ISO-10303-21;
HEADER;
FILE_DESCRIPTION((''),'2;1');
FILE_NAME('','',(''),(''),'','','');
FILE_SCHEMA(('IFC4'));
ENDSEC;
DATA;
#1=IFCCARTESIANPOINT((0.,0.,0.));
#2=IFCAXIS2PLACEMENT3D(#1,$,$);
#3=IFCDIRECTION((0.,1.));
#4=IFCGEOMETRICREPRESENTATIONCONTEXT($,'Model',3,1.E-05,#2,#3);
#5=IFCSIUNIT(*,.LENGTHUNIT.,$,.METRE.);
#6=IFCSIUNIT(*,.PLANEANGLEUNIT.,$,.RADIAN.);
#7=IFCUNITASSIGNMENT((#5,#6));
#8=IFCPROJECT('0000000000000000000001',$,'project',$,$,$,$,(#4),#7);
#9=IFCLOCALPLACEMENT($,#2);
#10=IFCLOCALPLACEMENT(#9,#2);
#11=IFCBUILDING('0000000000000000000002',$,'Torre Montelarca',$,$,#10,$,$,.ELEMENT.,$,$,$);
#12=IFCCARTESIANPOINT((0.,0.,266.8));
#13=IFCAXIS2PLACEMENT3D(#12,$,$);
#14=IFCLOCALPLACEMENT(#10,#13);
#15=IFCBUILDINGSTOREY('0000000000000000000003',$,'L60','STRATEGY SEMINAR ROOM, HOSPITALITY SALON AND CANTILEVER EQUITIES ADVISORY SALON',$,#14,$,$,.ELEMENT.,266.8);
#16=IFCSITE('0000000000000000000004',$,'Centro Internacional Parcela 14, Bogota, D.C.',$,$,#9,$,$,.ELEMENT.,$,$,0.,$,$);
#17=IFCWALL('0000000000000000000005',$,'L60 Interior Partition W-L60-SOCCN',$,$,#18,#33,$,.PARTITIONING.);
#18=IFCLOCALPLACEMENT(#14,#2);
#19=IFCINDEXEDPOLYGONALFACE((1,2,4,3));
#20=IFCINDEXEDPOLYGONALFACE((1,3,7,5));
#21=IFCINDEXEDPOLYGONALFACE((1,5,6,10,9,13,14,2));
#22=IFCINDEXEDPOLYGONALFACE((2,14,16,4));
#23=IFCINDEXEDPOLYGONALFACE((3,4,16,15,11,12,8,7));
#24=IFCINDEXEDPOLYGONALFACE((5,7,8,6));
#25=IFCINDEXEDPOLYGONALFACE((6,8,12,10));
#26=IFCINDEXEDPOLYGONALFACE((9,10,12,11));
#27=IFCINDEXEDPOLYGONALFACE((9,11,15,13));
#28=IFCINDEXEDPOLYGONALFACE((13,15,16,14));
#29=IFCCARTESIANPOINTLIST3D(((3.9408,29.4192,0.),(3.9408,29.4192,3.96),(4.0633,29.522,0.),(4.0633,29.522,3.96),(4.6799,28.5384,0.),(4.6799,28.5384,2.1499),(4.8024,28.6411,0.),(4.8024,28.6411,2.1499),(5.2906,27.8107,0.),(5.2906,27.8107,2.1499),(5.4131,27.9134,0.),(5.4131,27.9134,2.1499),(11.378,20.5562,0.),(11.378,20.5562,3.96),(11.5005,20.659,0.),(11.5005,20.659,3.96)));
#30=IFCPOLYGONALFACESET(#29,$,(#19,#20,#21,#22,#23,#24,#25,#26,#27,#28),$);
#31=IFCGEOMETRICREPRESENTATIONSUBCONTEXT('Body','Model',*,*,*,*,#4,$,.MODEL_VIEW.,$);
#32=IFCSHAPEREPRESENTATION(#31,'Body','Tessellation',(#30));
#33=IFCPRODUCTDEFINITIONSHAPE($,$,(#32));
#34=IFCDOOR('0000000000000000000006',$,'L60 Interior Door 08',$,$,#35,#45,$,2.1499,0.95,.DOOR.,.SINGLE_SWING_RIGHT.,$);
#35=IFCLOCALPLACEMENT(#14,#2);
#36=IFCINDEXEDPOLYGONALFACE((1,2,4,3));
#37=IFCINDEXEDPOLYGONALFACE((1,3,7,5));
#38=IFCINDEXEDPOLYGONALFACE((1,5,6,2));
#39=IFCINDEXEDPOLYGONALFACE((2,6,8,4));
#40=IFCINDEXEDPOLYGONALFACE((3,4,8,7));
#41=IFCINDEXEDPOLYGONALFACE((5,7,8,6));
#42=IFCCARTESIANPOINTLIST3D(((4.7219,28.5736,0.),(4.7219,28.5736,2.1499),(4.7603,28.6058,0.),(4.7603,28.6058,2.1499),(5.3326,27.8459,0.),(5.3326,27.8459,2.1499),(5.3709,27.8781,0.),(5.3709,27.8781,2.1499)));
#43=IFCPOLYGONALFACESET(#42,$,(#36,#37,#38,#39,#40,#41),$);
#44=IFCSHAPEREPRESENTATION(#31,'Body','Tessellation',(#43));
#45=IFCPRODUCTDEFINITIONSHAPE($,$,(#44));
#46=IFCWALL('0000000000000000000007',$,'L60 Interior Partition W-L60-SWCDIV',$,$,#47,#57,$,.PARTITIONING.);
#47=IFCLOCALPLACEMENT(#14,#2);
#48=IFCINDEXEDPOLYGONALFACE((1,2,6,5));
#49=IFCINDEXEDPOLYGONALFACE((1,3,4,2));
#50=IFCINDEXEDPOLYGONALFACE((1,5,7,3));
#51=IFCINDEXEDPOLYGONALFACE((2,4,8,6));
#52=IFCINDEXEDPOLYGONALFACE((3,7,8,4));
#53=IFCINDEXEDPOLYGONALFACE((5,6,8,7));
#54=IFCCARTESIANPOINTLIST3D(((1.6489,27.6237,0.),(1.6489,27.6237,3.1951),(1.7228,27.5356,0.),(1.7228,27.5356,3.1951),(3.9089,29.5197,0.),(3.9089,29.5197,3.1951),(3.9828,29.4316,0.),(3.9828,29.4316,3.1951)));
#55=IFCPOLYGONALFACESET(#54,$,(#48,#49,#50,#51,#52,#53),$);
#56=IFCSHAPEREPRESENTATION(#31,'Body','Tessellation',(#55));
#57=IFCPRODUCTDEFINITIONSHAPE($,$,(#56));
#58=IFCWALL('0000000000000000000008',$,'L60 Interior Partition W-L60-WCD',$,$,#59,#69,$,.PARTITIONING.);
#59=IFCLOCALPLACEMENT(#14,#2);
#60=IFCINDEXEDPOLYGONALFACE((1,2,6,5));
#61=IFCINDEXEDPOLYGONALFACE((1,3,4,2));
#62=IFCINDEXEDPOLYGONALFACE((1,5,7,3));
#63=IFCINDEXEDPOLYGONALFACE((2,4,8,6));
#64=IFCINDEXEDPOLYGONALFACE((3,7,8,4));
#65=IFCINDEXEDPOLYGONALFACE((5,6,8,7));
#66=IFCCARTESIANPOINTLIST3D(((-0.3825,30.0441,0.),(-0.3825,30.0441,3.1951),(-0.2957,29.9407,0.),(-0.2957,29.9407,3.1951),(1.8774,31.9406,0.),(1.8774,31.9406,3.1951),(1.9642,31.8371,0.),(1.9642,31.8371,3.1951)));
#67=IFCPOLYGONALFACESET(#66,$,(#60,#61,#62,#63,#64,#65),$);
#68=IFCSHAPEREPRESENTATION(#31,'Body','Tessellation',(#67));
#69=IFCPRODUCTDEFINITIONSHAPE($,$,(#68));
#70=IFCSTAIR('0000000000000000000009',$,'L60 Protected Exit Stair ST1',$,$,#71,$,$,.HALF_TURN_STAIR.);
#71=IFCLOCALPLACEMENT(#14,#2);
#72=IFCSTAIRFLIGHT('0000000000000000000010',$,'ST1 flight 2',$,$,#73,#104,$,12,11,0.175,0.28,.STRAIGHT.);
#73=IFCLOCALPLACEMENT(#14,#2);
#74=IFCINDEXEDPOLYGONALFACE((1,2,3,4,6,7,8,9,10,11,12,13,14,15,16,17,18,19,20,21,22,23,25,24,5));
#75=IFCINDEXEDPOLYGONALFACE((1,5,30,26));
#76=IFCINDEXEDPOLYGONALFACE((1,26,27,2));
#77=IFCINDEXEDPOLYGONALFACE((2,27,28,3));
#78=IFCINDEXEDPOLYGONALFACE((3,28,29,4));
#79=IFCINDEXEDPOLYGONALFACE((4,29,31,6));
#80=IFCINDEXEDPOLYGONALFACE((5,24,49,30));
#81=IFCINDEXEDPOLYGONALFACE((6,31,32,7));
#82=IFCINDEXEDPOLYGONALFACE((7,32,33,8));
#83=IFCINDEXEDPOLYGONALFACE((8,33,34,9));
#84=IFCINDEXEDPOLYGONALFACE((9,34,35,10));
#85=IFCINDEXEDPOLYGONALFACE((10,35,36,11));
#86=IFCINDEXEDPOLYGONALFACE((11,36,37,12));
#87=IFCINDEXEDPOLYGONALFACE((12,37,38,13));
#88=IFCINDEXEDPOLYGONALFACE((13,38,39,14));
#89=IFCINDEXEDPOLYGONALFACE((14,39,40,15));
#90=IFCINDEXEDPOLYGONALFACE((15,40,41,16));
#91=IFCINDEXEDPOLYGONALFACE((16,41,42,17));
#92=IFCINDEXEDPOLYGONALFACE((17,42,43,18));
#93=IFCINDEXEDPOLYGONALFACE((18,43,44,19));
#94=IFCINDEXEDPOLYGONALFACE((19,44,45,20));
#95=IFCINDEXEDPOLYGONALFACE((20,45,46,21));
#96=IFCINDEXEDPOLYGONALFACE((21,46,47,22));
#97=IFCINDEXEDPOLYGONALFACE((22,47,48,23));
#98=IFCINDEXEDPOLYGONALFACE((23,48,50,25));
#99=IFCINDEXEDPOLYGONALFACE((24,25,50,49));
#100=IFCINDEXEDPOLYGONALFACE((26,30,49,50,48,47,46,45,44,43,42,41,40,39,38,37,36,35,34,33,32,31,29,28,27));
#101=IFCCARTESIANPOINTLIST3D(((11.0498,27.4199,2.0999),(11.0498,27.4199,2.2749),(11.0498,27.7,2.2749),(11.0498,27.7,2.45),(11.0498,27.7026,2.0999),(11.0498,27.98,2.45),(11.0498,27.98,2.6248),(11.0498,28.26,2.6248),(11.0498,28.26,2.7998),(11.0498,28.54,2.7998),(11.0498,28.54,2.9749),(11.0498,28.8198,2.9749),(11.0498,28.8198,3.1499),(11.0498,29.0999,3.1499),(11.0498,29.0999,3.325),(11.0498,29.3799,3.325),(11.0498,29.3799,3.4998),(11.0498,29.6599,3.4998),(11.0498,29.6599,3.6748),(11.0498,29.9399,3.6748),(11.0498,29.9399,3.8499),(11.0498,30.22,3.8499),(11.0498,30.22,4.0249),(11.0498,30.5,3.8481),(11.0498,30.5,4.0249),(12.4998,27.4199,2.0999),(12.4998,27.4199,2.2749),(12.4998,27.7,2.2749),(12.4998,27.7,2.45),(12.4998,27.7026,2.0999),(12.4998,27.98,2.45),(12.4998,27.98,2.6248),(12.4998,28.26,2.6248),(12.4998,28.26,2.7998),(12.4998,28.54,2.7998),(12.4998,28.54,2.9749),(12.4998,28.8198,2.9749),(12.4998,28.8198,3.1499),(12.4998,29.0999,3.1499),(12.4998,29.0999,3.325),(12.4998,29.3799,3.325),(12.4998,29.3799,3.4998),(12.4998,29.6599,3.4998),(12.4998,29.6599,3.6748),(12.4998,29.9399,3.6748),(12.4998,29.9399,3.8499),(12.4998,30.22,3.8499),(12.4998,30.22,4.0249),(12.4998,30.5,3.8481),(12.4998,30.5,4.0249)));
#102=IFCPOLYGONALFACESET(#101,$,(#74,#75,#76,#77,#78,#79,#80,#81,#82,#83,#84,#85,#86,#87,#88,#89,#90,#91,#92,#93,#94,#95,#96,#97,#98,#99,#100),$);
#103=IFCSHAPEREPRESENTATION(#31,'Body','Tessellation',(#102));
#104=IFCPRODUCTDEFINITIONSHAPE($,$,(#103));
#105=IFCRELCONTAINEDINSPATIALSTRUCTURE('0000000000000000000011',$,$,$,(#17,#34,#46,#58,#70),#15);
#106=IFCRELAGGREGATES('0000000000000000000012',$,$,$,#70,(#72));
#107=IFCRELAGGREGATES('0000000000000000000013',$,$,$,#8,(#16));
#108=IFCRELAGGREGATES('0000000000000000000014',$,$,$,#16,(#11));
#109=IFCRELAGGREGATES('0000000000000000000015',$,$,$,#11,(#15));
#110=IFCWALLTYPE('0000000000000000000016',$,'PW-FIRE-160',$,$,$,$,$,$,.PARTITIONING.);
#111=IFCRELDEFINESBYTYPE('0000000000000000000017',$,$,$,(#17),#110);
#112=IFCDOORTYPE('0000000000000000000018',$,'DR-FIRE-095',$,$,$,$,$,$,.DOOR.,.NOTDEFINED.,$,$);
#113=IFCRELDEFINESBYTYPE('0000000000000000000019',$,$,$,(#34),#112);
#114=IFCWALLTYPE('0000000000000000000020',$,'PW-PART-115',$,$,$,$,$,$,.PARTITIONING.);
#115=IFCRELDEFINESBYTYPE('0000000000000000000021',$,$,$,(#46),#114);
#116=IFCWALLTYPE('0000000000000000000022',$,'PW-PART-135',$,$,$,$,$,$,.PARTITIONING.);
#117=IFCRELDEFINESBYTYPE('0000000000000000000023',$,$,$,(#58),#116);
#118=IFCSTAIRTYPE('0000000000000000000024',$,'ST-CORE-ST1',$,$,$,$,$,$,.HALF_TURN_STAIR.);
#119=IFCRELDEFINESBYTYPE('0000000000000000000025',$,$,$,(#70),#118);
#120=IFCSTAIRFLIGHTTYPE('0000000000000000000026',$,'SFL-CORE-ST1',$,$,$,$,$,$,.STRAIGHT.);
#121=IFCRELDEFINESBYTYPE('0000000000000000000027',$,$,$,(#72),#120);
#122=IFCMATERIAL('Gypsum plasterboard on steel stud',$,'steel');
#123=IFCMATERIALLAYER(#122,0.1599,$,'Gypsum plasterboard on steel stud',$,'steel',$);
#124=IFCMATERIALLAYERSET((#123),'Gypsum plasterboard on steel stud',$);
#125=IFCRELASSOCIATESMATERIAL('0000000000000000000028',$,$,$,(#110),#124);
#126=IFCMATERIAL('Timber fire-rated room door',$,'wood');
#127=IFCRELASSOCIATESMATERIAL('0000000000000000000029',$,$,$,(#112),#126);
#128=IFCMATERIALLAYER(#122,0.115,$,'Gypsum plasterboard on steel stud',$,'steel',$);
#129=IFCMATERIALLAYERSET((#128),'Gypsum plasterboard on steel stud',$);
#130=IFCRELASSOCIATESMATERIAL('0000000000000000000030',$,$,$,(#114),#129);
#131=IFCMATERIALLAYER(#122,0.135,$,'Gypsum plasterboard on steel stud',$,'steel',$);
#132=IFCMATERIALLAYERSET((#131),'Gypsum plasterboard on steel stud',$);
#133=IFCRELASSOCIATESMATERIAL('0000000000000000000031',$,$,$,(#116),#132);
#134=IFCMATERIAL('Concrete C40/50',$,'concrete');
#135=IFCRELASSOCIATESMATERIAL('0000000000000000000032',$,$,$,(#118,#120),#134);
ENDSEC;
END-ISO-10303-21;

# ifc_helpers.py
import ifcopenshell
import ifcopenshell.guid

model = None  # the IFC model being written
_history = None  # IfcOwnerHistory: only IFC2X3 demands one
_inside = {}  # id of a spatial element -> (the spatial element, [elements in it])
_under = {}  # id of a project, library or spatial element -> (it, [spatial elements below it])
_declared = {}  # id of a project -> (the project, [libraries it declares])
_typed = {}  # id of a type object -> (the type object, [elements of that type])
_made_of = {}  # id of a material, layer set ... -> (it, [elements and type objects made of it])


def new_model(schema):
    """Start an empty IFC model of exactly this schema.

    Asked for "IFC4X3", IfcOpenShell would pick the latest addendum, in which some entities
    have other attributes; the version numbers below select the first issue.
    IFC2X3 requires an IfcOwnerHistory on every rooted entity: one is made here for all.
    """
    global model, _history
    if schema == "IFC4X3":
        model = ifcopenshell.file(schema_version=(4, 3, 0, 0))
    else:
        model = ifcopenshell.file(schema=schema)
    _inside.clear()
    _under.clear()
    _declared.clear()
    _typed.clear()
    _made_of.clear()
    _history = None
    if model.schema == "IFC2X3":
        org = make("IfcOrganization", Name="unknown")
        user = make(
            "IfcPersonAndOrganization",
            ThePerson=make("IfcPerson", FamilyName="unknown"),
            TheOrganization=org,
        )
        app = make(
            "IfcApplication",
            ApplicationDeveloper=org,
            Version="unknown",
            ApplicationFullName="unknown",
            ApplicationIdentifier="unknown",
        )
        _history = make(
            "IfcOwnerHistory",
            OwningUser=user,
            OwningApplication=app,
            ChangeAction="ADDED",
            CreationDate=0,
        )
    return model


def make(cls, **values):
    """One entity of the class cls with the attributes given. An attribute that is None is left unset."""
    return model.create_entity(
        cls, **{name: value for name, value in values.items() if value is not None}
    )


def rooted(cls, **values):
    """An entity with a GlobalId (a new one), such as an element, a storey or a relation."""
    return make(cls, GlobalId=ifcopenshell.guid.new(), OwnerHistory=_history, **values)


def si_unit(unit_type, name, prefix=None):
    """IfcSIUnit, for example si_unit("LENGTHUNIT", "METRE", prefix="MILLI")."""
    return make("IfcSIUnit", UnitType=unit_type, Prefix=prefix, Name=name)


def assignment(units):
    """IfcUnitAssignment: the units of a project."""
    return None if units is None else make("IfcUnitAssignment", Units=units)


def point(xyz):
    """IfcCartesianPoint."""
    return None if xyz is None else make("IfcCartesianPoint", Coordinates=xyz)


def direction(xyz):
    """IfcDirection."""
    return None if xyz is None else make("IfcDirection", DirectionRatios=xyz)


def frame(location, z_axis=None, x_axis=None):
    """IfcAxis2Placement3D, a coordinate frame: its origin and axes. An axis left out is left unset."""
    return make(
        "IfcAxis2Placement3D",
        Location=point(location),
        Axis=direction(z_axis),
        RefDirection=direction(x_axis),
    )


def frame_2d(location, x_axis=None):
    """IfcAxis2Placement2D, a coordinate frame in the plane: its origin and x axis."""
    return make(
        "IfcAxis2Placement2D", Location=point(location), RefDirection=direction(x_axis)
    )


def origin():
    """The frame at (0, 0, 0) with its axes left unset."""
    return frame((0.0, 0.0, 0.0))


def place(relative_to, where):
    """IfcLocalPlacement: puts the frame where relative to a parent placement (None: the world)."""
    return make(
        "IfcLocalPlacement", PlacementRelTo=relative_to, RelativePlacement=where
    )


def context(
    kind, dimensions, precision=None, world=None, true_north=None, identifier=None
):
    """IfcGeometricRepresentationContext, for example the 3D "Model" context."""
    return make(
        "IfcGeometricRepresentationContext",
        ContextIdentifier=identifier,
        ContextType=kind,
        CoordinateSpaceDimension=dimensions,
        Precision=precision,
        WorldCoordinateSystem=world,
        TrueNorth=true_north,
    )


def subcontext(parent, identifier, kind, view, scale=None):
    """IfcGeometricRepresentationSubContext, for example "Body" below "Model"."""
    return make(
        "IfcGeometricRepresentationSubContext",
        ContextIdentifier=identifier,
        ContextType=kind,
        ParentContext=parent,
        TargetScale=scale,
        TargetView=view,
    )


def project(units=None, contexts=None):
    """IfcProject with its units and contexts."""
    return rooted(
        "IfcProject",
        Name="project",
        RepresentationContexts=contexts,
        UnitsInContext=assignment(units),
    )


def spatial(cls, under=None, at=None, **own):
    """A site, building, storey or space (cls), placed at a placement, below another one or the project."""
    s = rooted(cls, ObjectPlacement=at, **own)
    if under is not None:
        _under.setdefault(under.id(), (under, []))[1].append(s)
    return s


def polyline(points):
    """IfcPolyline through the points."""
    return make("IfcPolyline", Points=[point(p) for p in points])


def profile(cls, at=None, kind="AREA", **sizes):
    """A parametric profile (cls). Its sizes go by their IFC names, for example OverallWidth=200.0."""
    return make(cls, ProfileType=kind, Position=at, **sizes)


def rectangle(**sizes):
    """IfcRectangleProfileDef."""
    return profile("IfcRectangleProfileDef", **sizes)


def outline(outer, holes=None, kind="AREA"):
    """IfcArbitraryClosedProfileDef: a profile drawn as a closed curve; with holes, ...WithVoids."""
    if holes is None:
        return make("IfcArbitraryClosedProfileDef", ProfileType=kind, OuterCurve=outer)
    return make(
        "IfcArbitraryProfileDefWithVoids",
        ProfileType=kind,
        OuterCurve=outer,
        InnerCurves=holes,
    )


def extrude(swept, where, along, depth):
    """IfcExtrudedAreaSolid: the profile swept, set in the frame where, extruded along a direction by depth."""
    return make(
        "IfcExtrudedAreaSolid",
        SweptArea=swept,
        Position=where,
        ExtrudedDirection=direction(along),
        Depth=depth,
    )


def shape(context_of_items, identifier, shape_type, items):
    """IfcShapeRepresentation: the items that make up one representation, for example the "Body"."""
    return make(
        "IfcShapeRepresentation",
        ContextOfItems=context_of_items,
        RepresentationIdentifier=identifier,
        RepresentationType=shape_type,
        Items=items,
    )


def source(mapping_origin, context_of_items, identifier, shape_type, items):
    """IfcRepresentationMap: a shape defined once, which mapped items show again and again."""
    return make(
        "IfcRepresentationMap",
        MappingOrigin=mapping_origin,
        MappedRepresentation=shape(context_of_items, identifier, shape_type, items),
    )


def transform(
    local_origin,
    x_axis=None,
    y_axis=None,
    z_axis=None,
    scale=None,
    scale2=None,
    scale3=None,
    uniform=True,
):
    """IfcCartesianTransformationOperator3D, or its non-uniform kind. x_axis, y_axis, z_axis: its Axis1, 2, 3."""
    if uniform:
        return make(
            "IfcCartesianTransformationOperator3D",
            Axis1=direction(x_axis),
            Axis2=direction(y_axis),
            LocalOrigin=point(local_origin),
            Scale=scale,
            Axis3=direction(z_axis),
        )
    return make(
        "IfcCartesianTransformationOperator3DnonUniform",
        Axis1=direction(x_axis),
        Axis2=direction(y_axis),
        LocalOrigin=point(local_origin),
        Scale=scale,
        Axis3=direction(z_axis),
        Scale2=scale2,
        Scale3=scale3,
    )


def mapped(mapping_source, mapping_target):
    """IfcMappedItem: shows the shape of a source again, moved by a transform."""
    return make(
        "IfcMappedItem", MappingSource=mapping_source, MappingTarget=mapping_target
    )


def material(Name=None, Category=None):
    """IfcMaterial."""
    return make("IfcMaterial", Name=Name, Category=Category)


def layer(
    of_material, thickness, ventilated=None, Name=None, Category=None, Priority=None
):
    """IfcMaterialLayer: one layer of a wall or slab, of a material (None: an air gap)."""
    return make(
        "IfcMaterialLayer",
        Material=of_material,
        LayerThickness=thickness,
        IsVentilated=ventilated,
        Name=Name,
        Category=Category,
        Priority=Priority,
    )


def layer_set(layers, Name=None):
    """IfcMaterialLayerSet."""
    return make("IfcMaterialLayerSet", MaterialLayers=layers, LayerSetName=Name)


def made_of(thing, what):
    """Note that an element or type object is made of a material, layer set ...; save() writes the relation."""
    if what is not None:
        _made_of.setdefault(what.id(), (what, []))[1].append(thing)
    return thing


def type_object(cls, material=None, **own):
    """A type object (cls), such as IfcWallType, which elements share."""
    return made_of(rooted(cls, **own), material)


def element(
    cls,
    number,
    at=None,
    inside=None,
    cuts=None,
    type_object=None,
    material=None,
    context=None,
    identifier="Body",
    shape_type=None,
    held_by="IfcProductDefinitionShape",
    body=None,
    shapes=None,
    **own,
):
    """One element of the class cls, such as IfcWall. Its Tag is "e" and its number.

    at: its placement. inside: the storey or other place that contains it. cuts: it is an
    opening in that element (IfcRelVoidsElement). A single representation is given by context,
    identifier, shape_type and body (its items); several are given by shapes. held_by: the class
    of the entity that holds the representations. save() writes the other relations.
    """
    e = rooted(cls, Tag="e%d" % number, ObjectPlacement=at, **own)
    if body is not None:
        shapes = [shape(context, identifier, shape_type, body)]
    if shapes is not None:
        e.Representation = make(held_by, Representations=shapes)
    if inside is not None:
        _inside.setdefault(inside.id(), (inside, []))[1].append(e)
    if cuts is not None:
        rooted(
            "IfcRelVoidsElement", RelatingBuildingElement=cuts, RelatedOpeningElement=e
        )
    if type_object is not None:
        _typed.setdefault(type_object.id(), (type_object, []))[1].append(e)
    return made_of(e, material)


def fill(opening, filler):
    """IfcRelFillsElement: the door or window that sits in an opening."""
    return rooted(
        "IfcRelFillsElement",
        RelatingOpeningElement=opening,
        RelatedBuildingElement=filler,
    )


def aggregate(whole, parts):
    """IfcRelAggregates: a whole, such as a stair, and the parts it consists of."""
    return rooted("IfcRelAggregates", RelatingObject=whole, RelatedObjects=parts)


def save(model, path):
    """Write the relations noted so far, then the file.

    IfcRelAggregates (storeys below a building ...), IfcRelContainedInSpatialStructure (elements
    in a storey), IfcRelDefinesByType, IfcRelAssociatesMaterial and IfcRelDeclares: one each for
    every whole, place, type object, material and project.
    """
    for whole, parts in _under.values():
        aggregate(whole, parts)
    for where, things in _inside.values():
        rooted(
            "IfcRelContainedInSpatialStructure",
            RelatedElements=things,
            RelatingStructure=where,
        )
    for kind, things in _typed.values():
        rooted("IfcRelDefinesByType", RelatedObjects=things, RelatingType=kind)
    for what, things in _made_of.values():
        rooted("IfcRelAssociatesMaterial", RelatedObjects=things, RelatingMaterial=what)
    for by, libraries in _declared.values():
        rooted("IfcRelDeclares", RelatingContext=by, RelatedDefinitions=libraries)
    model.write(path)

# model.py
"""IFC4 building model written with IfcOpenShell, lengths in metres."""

from ifc_helpers import new_model, si_unit, direction, frame, frame_2d, origin, place, context, subcontext, project, spatial, polyline, rectangle, outline, extrude, source, transform, mapped, material, layer, layer_set, type_object, element, fill, aggregate, save


model = new_model("IFC4")

# Units and contexts
model_context = context("Model", 3, precision=1e-05, world=origin(), true_north=direction((0.0, 1.0)))
body_context = subcontext(model_context, "Body", "Model", "MODEL_VIEW")
ifc_project = project(units=[si_unit("LENGTHUNIT", "METRE"), si_unit("PLANEANGLEUNIT", "RADIAN")], contexts=[model_context])

# Site, building, storey
site_placement = place(None, origin())
site = spatial("IfcSite", under=ifc_project, at=site_placement, Name="Centro Internacional Parcela 14, Bogota, D.C.", CompositionType="ELEMENT", RefElevation=0.0)
building_placement = place(site_placement, origin())
building = spatial("IfcBuilding", under=site, at=building_placement, Name="Torre Montelarca", CompositionType="ELEMENT")
storey_placement = place(building_placement, frame((0.0, 0.0, 266.8)))
storey = spatial("IfcBuildingStorey", under=building, at=storey_placement, Name="L60", Description="STRATEGY SEMINAR ROOM, HOSPITALITY SALON AND CANTILEVER EQUITIES ADVISORY SALON", CompositionType="ELEMENT", Elevation=266.8)

# Shared definitions
ifc_material_1 = material(Name="Concrete C40/50", Category="concrete")

# Shared definitions
ifc_material_2 = material(Name="Gypsum plasterboard on steel stud", Category="steel")
ifc_layer_1 = layer(ifc_material_2, 0.1599, Name="Gypsum plasterboard on steel stud", Category="steel")
ifc_layer_set_1 = layer_set([ifc_layer_1], Name="Gypsum plasterboard on steel stud")
wall_type_1 = type_object("IfcWallType", Name="PW-FIRE-160", PredefinedType="PARTITIONING", material=ifc_layer_set_1)

# Wall, opening, door
wall_1_placement = place(storey_placement, frame((4.002, 29.4707, 0.0), z_axis=(0.0, 0.0, 1.0), x_axis=(0.642802, -0.766032, 0.0)))
wall_1 = element("IfcWall", 1, at=wall_1_placement, inside=storey, type_object=wall_type_1, Name="L60 Interior Partition W-L60-SOCCN", PredefinedType="PARTITIONING", context=body_context, shape_type="SweptSolid", body=[
    extrude(rectangle(XDim=11.5701, YDim=0.1599, at=frame_2d((5.7852, 0.0))), origin(), (0.0, 0.0, 1.0), 3.96),
])
opening_1_placement = place(wall_1_placement, frame((1.1499, 0.0, 0.0)))
opening_1 = element("IfcOpeningElement", 2, at=opening_1_placement, cuts=wall_1, PredefinedType="OPENING", context=body_context, shape_type="SweptSolid", body=[
    extrude(rectangle(XDim=0.95, YDim=2.1499, at=frame_2d((0.4751, 1.075))), frame((0.0, 0.0898, 0.0), z_axis=(0.0, -1.0, 0.0), x_axis=(1.0, 0.0, 0.0)), (0.0, 0.0, 1.0), 0.1799),
])
ifc_material_3 = material(Name="Timber fire-rated room door", Category="wood")
door_type_1 = type_object("IfcDoorType", Name="DR-FIRE-095", OperationType="NOTDEFINED", PredefinedType="DOOR", material=ifc_material_3)
shared_shape_1 = source(origin(), body_context, "Body", "SweptSolid", [
    extrude(rectangle(XDim=0.95, YDim=2.1499, at=frame_2d((0.4751, 1.075))), frame((0.0, 0.0249, 0.0), z_axis=(0.0, -1.0, 0.0), x_axis=(1.0, 0.0, 0.0)), (0.0, 0.0, 1.0), 0.05),
])
door_1_placement = place(opening_1_placement, origin())
door_1 = element("IfcDoor", 3, at=door_1_placement, inside=storey, type_object=door_type_1, Name="L60 Interior Door 08", OperationType="SINGLE_SWING_RIGHT", OverallHeight=2.1499, OverallWidth=0.95, PredefinedType="DOOR", context=body_context, shape_type="MappedRepresentation", body=[
    mapped(shared_shape_1, transform((0.0, 0.0, 0.0), scale=1.0)),
])
fill(opening_1, door_1)

# Walls
ifc_layer_2 = layer(ifc_material_2, 0.115, Name="Gypsum plasterboard on steel stud", Category="steel")
ifc_layer_set_2 = layer_set([ifc_layer_2], Name="Gypsum plasterboard on steel stud")
wall_type_2 = type_object("IfcWallType", Name="PW-PART-115", PredefinedType="PARTITIONING", material=ifc_layer_set_2)
wall_2_placement = place(storey_placement, frame((1.6858, 27.5796, 0.0), z_axis=(0.0, 0.0, 1.0), x_axis=(0.766107, 0.642713, 0.0)))
element("IfcWall", 4, at=wall_2_placement, inside=storey, type_object=wall_type_2, Name="L60 Interior Partition W-L60-SWCDIV", PredefinedType="PARTITIONING", context=body_context, shape_type="SweptSolid", body=[
    extrude(rectangle(XDim=2.95, YDim=0.115, at=frame_2d((1.4751, 0.0))), origin(), (0.0, 0.0, 1.0), 3.1951),
])
ifc_layer_3 = layer(ifc_material_2, 0.135, Name="Gypsum plasterboard on steel stud", Category="steel")
ifc_layer_set_3 = layer_set([ifc_layer_3], Name="Gypsum plasterboard on steel stud")
wall_type_3 = type_object("IfcWallType", Name="PW-PART-135", PredefinedType="PARTITIONING", material=ifc_layer_set_3)
wall_3_placement = place(storey_placement, frame((-0.3391, 29.9924, 0.0), z_axis=(0.0, 0.0, 1.0), x_axis=(0.766026, 0.64281, 0.0)))
element("IfcWall", 5, at=wall_3_placement, inside=storey, type_object=wall_type_3, Name="L60 Interior Partition W-L60-WCD", PredefinedType="PARTITIONING", context=body_context, shape_type="SweptSolid", body=[
    extrude(rectangle(XDim=2.9502, YDim=0.135, at=frame_2d((1.4751, 0.0))), origin(), (0.0, 0.0, 1.0), 3.1951),
])

# Stair, stair flight
stair_type = type_object("IfcStairType", Name="ST-CORE-ST1", PredefinedType="HALF_TURN_STAIR", material=ifc_material_1)
stair_placement = place(storey_placement, origin())
stair = element("IfcStair", 6, at=stair_placement, inside=storey, type_object=stair_type, Name="L60 Protected Exit Stair ST1", PredefinedType="HALF_TURN_STAIR")
stair_flight_type = type_object("IfcStairFlightType", Name="SFL-CORE-ST1", PredefinedType="STRAIGHT", material=ifc_material_1)
stair_flight_placement = place(storey_placement, frame((11.7749, 27.4199, 2.0999), z_axis=(0.0, 0.0, 1.0), x_axis=(0.0, 1.0, 0.0)))
stair_flight = element("IfcStairFlight", 7, at=stair_flight_placement, type_object=stair_flight_type, Name="ST1 flight 2", NumberOfRisers=12, NumberOfTreads=11, PredefinedType="STRAIGHT", RiserHeight=0.175, TreadLength=0.28, context=body_context, shape_type="SweptSolid", body=[
    extrude(outline(polyline([(0.0, 0.0), (0.0, 0.175), (0.28, 0.175), (0.28, 0.3501), (0.5601, 0.3501), (0.5601, 0.5249), (0.8401, 0.5249), (0.8401, 0.7), (1.1201, 0.7), (1.1201, 0.875), (1.3999, 0.875), (1.3999, 1.05), (1.6799, 1.05), (1.6799, 1.2251), (1.96, 1.2251), (1.96, 1.3999), (2.24, 1.3999), (2.24, 1.575), (2.52, 1.575), (2.52, 1.75), (2.8, 1.75), (2.8, 1.925), (3.0801, 1.925), (3.0801, 2.1001), (3.0801, 1.7483), (0.2827, 0.0), (0.0, 0.0)])), frame((0.0, 0.7251, 0.0), z_axis=(0.0, -1.0, 0.0), x_axis=(1.0, 0.0, 0.0)), (0.0, 0.0, 1.0), 1.45),
])
aggregate(stair, [stair_flight])

save(model, "model.ifc")
